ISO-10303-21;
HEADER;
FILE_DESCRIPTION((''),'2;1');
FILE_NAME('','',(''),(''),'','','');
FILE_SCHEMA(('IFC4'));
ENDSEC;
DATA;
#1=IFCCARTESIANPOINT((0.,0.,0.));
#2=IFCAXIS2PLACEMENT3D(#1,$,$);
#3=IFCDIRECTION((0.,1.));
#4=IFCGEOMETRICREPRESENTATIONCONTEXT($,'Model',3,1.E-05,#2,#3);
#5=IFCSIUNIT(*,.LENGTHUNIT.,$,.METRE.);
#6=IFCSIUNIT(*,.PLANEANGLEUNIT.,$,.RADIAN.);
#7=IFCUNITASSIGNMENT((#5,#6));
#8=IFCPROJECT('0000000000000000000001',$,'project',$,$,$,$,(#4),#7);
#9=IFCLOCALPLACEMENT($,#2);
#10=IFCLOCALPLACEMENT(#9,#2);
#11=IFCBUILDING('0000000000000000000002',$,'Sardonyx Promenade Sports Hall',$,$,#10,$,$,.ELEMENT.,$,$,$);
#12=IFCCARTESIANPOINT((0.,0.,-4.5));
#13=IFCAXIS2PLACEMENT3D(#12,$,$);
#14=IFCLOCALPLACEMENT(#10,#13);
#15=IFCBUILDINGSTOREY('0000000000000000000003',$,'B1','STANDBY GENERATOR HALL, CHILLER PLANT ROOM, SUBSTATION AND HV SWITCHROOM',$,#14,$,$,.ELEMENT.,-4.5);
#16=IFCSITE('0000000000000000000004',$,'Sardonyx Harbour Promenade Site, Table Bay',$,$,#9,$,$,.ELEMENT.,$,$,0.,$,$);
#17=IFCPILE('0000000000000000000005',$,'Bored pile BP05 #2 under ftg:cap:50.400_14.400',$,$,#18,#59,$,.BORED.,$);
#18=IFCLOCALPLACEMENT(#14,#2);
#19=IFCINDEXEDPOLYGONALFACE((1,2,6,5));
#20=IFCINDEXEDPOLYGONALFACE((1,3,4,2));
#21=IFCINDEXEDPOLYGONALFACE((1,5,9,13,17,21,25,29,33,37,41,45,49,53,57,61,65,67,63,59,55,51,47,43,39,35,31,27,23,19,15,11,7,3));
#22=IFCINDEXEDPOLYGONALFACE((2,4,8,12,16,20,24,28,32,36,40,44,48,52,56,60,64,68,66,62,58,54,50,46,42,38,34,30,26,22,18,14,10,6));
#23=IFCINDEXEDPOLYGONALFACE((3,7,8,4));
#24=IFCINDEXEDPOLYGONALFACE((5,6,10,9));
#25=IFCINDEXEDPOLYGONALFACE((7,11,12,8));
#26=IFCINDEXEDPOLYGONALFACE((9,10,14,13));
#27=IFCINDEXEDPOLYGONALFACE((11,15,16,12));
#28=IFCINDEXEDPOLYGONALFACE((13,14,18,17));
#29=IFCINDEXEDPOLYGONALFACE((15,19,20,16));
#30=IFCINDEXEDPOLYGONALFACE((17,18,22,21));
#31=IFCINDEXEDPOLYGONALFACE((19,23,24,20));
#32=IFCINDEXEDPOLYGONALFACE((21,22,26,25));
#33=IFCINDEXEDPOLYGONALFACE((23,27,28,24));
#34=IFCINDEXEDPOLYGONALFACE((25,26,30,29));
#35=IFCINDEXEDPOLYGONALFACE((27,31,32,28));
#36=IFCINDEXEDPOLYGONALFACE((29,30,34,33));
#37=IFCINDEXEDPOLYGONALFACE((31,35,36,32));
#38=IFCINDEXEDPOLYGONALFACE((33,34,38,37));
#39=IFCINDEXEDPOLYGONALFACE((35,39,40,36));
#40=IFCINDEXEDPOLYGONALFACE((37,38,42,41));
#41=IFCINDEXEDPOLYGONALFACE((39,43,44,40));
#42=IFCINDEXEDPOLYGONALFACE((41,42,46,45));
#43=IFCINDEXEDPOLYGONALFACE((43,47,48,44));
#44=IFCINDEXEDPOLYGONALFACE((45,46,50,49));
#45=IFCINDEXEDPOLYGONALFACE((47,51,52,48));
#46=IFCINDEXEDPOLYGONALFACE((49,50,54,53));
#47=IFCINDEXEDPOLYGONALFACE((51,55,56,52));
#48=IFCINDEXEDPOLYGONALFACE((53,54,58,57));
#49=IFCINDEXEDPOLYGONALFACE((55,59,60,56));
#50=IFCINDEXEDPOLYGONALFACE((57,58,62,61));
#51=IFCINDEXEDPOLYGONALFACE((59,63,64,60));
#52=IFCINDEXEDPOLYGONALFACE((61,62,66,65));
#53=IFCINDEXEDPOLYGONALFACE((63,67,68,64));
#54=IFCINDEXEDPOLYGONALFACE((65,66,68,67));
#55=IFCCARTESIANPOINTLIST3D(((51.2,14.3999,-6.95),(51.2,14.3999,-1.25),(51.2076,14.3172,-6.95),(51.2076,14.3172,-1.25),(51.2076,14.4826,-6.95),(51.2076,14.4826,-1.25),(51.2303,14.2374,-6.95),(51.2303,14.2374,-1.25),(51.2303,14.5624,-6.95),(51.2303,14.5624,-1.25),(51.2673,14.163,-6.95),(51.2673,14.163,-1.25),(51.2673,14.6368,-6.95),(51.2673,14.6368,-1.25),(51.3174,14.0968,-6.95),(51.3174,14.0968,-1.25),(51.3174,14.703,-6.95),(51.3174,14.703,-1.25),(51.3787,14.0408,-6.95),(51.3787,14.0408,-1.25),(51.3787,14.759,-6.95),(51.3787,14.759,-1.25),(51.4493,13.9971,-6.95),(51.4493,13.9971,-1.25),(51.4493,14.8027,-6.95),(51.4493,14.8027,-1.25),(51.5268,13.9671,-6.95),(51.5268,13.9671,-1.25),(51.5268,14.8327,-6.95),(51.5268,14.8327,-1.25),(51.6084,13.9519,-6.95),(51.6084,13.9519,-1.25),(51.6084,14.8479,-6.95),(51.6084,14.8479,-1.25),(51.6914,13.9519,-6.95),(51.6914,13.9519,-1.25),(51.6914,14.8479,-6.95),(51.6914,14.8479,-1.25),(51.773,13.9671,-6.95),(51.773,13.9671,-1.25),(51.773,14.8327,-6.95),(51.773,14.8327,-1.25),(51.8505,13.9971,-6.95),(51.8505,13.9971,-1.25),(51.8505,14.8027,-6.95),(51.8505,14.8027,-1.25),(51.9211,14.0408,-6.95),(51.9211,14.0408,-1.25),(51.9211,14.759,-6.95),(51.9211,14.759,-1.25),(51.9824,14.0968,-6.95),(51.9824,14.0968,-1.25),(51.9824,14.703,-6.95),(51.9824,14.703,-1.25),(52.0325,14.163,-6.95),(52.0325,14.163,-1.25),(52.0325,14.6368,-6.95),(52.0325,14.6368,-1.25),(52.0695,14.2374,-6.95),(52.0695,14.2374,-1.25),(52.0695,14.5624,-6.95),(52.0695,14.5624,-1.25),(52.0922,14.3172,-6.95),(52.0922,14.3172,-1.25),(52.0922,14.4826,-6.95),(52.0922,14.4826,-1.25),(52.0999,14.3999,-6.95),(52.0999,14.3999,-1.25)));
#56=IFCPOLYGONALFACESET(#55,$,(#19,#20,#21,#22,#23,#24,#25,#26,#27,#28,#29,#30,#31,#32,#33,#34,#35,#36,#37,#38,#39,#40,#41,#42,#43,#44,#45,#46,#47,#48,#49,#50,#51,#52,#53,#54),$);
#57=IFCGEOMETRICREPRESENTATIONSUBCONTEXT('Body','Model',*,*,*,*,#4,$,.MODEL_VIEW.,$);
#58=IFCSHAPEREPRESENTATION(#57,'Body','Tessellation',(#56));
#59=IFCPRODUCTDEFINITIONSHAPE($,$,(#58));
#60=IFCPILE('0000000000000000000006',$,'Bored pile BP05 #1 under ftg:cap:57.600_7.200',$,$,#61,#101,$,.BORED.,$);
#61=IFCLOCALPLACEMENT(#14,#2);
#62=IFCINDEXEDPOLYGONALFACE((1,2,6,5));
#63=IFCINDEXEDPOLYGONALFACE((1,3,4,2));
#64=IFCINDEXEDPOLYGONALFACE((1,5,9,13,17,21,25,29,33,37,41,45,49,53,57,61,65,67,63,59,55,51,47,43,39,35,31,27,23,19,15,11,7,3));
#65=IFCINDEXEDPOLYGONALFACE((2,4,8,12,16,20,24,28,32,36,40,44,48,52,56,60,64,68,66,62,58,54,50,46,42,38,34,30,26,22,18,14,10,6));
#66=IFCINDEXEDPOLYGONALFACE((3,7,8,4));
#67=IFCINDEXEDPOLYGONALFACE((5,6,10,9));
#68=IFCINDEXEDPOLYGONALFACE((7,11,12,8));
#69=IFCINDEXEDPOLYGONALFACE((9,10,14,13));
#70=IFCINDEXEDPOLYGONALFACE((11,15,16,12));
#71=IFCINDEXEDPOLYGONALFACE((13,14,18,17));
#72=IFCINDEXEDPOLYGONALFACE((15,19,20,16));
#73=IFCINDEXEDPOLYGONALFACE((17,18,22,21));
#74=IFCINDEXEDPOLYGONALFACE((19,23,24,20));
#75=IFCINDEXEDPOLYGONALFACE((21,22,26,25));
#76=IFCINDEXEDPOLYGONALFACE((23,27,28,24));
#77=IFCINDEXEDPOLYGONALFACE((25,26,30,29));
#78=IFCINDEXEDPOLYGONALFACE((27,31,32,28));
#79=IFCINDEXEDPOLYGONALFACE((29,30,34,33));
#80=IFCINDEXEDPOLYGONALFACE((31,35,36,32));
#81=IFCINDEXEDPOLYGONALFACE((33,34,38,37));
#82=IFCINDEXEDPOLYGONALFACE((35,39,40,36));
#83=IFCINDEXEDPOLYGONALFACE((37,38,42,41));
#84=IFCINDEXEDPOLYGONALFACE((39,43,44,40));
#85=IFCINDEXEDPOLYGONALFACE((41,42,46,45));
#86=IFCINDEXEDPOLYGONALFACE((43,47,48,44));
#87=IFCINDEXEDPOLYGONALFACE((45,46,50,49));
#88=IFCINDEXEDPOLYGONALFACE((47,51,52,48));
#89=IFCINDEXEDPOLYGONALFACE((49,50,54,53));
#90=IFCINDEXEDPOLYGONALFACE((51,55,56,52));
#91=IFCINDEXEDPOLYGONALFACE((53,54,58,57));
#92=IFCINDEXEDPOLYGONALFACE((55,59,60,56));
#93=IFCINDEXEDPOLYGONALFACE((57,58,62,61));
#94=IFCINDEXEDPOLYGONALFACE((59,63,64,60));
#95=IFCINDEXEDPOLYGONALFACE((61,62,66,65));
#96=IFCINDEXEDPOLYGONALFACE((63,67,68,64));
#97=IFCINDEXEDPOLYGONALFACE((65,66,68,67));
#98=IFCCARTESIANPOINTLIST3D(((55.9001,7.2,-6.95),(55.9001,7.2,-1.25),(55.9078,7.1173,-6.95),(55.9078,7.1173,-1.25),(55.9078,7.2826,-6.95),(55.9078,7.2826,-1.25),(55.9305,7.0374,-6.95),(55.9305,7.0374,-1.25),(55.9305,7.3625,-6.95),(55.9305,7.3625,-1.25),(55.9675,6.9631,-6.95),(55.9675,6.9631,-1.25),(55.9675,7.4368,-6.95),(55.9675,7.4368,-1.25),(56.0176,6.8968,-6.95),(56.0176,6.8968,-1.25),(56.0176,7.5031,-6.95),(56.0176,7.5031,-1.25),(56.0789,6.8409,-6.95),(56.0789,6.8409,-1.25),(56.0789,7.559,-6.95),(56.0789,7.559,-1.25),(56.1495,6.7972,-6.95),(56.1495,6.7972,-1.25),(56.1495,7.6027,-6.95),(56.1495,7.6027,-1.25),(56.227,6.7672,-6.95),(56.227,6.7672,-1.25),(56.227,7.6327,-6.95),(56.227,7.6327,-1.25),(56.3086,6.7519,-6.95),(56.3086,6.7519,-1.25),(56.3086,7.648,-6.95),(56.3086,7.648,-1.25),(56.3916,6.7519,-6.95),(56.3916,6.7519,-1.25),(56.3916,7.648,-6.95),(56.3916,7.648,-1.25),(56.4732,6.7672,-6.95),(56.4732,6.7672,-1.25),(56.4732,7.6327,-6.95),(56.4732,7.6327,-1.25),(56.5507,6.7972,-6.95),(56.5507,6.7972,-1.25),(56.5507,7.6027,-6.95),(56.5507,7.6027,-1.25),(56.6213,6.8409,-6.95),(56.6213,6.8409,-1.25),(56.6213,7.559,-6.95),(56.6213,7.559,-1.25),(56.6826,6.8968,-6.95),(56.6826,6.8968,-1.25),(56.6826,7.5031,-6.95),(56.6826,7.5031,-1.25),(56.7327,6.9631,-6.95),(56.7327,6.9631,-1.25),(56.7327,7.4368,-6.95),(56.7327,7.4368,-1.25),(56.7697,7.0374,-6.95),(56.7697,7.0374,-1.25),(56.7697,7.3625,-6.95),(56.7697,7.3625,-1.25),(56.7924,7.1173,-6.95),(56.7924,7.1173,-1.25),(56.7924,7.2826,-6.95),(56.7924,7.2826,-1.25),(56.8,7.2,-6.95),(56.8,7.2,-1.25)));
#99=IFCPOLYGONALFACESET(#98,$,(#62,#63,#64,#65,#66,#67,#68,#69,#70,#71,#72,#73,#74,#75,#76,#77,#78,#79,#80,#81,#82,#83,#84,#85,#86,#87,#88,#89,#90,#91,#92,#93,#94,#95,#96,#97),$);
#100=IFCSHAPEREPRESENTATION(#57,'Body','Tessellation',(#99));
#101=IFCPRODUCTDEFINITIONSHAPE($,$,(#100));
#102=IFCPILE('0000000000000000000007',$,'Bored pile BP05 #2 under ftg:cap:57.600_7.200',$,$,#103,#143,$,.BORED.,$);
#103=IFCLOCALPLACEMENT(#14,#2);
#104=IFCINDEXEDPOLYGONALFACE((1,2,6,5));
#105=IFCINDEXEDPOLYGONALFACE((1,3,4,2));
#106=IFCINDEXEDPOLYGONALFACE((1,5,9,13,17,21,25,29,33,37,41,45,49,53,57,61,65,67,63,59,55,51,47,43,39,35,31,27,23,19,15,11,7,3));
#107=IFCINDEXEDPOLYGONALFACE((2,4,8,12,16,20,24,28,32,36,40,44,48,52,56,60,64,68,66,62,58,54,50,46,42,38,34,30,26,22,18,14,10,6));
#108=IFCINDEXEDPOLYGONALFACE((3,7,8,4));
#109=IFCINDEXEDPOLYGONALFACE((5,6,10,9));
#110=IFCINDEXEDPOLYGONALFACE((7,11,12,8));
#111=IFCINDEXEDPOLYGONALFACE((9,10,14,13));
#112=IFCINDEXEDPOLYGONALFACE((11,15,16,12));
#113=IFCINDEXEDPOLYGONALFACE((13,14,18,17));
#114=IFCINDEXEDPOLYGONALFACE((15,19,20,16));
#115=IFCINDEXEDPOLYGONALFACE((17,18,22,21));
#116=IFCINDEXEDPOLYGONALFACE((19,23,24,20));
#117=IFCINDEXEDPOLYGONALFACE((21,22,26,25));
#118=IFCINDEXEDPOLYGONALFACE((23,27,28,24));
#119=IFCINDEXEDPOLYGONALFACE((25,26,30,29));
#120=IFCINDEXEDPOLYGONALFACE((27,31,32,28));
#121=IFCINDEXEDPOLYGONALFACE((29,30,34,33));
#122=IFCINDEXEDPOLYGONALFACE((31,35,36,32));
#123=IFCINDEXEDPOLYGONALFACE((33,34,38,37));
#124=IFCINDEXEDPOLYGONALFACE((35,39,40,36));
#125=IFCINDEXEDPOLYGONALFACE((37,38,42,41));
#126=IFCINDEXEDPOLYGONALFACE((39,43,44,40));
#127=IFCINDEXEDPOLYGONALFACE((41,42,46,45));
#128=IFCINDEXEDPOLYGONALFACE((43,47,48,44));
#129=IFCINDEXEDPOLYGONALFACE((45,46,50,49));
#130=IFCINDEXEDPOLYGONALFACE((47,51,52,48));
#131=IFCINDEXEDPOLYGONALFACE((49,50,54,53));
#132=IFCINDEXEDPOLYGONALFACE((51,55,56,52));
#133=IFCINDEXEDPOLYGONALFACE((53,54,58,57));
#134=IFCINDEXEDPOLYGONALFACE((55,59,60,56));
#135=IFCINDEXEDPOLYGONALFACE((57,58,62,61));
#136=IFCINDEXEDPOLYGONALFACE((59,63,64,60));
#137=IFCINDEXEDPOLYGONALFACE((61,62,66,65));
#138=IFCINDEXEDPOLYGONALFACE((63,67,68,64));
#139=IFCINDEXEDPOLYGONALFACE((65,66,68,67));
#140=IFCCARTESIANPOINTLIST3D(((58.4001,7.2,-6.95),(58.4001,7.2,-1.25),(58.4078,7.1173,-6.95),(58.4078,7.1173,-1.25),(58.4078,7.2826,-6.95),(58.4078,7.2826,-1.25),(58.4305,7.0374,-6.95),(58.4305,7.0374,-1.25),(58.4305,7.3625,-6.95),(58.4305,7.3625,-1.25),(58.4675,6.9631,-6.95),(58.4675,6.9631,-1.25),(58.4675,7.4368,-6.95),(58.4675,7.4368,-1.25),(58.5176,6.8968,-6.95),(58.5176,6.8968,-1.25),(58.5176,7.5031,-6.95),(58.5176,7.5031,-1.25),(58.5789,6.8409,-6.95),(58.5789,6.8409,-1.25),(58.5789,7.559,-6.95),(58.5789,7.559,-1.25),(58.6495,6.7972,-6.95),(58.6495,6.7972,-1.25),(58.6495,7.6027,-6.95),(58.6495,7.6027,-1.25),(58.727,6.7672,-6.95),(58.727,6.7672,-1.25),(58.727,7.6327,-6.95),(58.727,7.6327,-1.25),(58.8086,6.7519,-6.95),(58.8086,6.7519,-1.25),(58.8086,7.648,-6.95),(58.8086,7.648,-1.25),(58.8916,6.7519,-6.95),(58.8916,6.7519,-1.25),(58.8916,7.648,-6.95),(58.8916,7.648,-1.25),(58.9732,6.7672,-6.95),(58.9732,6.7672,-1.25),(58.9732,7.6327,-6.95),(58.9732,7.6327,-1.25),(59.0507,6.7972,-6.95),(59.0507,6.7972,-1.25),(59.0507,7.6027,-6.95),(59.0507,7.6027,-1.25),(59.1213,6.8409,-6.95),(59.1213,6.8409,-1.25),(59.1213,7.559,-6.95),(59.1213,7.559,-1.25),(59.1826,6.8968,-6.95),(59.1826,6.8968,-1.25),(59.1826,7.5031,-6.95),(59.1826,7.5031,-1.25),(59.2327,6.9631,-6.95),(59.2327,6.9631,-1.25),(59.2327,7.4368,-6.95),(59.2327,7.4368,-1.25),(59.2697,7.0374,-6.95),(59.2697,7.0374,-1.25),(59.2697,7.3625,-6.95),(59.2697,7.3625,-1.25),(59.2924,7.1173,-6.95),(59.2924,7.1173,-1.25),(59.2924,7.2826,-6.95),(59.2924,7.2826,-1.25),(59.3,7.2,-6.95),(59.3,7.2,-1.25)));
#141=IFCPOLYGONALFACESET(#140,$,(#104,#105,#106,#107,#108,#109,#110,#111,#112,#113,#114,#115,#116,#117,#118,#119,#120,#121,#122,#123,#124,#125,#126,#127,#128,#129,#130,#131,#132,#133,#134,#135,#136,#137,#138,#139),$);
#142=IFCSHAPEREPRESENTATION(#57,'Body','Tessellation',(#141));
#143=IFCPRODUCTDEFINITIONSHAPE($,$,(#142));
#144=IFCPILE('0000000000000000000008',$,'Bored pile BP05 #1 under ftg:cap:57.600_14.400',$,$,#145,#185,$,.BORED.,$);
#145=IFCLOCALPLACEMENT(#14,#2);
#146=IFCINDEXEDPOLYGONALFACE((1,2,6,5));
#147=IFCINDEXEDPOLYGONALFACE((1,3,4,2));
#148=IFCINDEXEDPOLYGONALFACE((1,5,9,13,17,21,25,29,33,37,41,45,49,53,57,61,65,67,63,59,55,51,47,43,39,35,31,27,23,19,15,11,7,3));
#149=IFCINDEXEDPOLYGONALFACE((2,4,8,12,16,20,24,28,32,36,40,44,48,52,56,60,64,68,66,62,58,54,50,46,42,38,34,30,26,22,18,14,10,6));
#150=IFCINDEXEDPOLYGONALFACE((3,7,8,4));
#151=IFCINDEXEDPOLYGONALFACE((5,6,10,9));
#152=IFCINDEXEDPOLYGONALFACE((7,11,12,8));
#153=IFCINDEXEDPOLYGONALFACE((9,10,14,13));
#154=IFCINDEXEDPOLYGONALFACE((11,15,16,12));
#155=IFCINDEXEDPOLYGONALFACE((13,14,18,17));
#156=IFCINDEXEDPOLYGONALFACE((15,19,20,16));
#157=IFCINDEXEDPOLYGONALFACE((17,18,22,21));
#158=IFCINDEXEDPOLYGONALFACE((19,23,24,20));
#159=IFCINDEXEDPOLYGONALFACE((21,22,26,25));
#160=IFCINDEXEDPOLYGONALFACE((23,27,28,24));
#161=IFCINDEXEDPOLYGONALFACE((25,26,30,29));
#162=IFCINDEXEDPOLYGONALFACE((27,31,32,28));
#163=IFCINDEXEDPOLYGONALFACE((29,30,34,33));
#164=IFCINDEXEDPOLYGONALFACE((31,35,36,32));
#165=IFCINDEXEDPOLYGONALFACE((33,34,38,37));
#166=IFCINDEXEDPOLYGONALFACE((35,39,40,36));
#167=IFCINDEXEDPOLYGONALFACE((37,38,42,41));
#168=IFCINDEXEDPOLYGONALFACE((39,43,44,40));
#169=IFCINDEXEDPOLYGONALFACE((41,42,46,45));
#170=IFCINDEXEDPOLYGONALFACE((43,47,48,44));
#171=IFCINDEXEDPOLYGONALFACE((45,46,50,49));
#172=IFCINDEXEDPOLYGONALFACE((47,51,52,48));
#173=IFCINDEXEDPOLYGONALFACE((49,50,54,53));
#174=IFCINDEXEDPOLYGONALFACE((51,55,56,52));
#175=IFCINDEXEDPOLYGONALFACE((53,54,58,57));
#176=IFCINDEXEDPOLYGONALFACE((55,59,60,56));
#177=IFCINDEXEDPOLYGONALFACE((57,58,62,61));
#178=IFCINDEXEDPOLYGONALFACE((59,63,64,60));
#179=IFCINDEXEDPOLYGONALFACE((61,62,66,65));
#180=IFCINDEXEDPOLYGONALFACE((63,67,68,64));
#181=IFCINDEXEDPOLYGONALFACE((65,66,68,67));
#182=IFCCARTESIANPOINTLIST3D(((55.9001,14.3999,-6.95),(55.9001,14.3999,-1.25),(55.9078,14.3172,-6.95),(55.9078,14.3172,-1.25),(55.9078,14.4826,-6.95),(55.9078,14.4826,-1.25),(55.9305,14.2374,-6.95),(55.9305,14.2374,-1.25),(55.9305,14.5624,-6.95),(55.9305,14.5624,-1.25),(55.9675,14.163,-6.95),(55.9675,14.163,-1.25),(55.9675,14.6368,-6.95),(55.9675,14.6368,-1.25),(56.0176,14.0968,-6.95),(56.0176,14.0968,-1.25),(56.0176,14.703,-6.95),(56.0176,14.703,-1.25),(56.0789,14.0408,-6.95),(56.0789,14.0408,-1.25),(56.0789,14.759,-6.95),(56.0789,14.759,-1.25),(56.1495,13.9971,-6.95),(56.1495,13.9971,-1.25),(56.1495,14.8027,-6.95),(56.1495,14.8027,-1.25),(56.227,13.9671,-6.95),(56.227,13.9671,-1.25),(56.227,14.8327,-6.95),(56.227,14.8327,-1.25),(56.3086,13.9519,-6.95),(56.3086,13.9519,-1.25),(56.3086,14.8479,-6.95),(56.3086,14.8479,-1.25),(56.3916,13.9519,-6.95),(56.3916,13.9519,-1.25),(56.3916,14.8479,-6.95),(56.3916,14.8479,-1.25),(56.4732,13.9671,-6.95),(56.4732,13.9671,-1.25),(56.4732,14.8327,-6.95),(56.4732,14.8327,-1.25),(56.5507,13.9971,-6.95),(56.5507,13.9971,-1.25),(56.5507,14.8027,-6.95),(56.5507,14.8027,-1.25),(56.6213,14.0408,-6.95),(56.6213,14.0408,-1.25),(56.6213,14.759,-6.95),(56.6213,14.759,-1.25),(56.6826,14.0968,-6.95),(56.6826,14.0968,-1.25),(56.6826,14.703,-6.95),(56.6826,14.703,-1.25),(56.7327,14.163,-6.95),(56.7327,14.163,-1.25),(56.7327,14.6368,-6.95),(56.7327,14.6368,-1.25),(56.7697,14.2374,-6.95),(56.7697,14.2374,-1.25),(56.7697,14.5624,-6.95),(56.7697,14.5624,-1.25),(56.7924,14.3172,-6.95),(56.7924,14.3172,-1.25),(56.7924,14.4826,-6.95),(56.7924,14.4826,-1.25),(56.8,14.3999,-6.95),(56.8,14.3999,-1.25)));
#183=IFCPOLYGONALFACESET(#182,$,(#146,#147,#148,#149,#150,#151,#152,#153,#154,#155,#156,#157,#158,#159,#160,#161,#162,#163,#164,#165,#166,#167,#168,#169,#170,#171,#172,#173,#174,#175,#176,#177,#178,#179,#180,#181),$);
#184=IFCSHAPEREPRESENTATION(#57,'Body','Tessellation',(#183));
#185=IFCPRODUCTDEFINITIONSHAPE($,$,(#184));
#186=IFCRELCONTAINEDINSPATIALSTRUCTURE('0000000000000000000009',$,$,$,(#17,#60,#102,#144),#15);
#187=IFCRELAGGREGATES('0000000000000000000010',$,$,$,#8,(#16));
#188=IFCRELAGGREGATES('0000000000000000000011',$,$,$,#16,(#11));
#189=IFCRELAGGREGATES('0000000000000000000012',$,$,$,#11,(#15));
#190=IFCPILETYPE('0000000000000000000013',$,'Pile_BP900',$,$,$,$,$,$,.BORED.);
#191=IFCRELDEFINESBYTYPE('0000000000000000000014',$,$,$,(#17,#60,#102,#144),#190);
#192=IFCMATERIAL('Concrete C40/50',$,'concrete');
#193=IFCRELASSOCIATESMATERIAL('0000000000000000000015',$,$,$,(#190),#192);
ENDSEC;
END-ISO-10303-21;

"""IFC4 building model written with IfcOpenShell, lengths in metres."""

from ifc_helpers import new_model, si_unit, direction, frame, origin, origin_2d, place, context, subcontext, project, spatial, circle, extrude, material, material_profile, profile_set, type_object, element, save


model = new_model("IFC4")

# Units and contexts
model_context = context("Model", 3, precision=1e-05, world=origin(), true_north=direction((0.0, 1.0)))
body_context = subcontext(model_context, "Body", "Model", "MODEL_VIEW")
ifc_project = project(units=[si_unit("LENGTHUNIT", "METRE"), si_unit("PLANEANGLEUNIT", "RADIAN")], contexts=[model_context])

# Site, building, storey
site_placement = place(None, origin())
site = spatial("IfcSite", under=ifc_project, at=site_placement, Name="Sardonyx Harbour Promenade Site, Table Bay", CompositionType="ELEMENT", RefElevation=0.0)
building_placement = place(site_placement, origin())
building = spatial("IfcBuilding", under=site, at=building_placement, Name="Sardonyx Promenade Sports Hall", CompositionType="ELEMENT")
storey_placement = place(building_placement, frame((0.0, 0.0, -4.5)))
storey = spatial("IfcBuildingStorey", under=building, at=storey_placement, Name="B1", Description="STANDBY GENERATOR HALL, CHILLER PLANT ROOM, SUBSTATION AND HV SWITCHROOM", CompositionType="ELEMENT", Elevation=-4.5)

# Piles
ifc_material_1 = material(Name="Concrete C40/50", Category="concrete")
ifc_material_profile_1 = material_profile(ifc_material_1, circle(Radius=0.45, at=origin_2d()))
ifc_profile_set_1 = profile_set([ifc_material_profile_1], Name="Concrete C40/50")
pile_type_1 = type_object("IfcPileType", Name="Pile_BP900", PredefinedType="BORED", material=ifc_profile_set_1)
for number, where, z_axis, x_axis, name in (
    (1, (51.6499, 14.3999, -1.25), (0.0, 0.0, -1.0), (1.0, 0.0, 0.0), "Bored pile BP05 #2 under ftg:cap:50.400_14.400"),
    (2, (56.3501, 7.2, -1.25), (0.0, 0.0, -1.0), (1.0, 0.0, 0.0), "Bored pile BP05 #1 under ftg:cap:57.600_7.200"),
    (3, (58.8501, 7.2, -1.25), (0.0, 0.0, -1.0), (1.0, 0.0, 0.0), "Bored pile BP05 #2 under ftg:cap:57.600_7.200"),
    (4, (56.3501, 14.3999, -1.25), (0.0, 0.0, -1.0), (1.0, 0.0, 0.0), "Bored pile BP05 #1 under ftg:cap:57.600_14.400"),
):
    element("IfcPile", number, at=place(storey_placement, frame(where, z_axis=z_axis, x_axis=x_axis)), inside=storey, type_object=pile_type_1, Name=name, PredefinedType="BORED", context=body_context, shape_type="SweptSolid", body=[
        extrude(circle(Radius=0.45, at=origin_2d()), origin(), (0.0, 0.0, 1.0), 5.7),
    ])

save(model, "model.ifc")
